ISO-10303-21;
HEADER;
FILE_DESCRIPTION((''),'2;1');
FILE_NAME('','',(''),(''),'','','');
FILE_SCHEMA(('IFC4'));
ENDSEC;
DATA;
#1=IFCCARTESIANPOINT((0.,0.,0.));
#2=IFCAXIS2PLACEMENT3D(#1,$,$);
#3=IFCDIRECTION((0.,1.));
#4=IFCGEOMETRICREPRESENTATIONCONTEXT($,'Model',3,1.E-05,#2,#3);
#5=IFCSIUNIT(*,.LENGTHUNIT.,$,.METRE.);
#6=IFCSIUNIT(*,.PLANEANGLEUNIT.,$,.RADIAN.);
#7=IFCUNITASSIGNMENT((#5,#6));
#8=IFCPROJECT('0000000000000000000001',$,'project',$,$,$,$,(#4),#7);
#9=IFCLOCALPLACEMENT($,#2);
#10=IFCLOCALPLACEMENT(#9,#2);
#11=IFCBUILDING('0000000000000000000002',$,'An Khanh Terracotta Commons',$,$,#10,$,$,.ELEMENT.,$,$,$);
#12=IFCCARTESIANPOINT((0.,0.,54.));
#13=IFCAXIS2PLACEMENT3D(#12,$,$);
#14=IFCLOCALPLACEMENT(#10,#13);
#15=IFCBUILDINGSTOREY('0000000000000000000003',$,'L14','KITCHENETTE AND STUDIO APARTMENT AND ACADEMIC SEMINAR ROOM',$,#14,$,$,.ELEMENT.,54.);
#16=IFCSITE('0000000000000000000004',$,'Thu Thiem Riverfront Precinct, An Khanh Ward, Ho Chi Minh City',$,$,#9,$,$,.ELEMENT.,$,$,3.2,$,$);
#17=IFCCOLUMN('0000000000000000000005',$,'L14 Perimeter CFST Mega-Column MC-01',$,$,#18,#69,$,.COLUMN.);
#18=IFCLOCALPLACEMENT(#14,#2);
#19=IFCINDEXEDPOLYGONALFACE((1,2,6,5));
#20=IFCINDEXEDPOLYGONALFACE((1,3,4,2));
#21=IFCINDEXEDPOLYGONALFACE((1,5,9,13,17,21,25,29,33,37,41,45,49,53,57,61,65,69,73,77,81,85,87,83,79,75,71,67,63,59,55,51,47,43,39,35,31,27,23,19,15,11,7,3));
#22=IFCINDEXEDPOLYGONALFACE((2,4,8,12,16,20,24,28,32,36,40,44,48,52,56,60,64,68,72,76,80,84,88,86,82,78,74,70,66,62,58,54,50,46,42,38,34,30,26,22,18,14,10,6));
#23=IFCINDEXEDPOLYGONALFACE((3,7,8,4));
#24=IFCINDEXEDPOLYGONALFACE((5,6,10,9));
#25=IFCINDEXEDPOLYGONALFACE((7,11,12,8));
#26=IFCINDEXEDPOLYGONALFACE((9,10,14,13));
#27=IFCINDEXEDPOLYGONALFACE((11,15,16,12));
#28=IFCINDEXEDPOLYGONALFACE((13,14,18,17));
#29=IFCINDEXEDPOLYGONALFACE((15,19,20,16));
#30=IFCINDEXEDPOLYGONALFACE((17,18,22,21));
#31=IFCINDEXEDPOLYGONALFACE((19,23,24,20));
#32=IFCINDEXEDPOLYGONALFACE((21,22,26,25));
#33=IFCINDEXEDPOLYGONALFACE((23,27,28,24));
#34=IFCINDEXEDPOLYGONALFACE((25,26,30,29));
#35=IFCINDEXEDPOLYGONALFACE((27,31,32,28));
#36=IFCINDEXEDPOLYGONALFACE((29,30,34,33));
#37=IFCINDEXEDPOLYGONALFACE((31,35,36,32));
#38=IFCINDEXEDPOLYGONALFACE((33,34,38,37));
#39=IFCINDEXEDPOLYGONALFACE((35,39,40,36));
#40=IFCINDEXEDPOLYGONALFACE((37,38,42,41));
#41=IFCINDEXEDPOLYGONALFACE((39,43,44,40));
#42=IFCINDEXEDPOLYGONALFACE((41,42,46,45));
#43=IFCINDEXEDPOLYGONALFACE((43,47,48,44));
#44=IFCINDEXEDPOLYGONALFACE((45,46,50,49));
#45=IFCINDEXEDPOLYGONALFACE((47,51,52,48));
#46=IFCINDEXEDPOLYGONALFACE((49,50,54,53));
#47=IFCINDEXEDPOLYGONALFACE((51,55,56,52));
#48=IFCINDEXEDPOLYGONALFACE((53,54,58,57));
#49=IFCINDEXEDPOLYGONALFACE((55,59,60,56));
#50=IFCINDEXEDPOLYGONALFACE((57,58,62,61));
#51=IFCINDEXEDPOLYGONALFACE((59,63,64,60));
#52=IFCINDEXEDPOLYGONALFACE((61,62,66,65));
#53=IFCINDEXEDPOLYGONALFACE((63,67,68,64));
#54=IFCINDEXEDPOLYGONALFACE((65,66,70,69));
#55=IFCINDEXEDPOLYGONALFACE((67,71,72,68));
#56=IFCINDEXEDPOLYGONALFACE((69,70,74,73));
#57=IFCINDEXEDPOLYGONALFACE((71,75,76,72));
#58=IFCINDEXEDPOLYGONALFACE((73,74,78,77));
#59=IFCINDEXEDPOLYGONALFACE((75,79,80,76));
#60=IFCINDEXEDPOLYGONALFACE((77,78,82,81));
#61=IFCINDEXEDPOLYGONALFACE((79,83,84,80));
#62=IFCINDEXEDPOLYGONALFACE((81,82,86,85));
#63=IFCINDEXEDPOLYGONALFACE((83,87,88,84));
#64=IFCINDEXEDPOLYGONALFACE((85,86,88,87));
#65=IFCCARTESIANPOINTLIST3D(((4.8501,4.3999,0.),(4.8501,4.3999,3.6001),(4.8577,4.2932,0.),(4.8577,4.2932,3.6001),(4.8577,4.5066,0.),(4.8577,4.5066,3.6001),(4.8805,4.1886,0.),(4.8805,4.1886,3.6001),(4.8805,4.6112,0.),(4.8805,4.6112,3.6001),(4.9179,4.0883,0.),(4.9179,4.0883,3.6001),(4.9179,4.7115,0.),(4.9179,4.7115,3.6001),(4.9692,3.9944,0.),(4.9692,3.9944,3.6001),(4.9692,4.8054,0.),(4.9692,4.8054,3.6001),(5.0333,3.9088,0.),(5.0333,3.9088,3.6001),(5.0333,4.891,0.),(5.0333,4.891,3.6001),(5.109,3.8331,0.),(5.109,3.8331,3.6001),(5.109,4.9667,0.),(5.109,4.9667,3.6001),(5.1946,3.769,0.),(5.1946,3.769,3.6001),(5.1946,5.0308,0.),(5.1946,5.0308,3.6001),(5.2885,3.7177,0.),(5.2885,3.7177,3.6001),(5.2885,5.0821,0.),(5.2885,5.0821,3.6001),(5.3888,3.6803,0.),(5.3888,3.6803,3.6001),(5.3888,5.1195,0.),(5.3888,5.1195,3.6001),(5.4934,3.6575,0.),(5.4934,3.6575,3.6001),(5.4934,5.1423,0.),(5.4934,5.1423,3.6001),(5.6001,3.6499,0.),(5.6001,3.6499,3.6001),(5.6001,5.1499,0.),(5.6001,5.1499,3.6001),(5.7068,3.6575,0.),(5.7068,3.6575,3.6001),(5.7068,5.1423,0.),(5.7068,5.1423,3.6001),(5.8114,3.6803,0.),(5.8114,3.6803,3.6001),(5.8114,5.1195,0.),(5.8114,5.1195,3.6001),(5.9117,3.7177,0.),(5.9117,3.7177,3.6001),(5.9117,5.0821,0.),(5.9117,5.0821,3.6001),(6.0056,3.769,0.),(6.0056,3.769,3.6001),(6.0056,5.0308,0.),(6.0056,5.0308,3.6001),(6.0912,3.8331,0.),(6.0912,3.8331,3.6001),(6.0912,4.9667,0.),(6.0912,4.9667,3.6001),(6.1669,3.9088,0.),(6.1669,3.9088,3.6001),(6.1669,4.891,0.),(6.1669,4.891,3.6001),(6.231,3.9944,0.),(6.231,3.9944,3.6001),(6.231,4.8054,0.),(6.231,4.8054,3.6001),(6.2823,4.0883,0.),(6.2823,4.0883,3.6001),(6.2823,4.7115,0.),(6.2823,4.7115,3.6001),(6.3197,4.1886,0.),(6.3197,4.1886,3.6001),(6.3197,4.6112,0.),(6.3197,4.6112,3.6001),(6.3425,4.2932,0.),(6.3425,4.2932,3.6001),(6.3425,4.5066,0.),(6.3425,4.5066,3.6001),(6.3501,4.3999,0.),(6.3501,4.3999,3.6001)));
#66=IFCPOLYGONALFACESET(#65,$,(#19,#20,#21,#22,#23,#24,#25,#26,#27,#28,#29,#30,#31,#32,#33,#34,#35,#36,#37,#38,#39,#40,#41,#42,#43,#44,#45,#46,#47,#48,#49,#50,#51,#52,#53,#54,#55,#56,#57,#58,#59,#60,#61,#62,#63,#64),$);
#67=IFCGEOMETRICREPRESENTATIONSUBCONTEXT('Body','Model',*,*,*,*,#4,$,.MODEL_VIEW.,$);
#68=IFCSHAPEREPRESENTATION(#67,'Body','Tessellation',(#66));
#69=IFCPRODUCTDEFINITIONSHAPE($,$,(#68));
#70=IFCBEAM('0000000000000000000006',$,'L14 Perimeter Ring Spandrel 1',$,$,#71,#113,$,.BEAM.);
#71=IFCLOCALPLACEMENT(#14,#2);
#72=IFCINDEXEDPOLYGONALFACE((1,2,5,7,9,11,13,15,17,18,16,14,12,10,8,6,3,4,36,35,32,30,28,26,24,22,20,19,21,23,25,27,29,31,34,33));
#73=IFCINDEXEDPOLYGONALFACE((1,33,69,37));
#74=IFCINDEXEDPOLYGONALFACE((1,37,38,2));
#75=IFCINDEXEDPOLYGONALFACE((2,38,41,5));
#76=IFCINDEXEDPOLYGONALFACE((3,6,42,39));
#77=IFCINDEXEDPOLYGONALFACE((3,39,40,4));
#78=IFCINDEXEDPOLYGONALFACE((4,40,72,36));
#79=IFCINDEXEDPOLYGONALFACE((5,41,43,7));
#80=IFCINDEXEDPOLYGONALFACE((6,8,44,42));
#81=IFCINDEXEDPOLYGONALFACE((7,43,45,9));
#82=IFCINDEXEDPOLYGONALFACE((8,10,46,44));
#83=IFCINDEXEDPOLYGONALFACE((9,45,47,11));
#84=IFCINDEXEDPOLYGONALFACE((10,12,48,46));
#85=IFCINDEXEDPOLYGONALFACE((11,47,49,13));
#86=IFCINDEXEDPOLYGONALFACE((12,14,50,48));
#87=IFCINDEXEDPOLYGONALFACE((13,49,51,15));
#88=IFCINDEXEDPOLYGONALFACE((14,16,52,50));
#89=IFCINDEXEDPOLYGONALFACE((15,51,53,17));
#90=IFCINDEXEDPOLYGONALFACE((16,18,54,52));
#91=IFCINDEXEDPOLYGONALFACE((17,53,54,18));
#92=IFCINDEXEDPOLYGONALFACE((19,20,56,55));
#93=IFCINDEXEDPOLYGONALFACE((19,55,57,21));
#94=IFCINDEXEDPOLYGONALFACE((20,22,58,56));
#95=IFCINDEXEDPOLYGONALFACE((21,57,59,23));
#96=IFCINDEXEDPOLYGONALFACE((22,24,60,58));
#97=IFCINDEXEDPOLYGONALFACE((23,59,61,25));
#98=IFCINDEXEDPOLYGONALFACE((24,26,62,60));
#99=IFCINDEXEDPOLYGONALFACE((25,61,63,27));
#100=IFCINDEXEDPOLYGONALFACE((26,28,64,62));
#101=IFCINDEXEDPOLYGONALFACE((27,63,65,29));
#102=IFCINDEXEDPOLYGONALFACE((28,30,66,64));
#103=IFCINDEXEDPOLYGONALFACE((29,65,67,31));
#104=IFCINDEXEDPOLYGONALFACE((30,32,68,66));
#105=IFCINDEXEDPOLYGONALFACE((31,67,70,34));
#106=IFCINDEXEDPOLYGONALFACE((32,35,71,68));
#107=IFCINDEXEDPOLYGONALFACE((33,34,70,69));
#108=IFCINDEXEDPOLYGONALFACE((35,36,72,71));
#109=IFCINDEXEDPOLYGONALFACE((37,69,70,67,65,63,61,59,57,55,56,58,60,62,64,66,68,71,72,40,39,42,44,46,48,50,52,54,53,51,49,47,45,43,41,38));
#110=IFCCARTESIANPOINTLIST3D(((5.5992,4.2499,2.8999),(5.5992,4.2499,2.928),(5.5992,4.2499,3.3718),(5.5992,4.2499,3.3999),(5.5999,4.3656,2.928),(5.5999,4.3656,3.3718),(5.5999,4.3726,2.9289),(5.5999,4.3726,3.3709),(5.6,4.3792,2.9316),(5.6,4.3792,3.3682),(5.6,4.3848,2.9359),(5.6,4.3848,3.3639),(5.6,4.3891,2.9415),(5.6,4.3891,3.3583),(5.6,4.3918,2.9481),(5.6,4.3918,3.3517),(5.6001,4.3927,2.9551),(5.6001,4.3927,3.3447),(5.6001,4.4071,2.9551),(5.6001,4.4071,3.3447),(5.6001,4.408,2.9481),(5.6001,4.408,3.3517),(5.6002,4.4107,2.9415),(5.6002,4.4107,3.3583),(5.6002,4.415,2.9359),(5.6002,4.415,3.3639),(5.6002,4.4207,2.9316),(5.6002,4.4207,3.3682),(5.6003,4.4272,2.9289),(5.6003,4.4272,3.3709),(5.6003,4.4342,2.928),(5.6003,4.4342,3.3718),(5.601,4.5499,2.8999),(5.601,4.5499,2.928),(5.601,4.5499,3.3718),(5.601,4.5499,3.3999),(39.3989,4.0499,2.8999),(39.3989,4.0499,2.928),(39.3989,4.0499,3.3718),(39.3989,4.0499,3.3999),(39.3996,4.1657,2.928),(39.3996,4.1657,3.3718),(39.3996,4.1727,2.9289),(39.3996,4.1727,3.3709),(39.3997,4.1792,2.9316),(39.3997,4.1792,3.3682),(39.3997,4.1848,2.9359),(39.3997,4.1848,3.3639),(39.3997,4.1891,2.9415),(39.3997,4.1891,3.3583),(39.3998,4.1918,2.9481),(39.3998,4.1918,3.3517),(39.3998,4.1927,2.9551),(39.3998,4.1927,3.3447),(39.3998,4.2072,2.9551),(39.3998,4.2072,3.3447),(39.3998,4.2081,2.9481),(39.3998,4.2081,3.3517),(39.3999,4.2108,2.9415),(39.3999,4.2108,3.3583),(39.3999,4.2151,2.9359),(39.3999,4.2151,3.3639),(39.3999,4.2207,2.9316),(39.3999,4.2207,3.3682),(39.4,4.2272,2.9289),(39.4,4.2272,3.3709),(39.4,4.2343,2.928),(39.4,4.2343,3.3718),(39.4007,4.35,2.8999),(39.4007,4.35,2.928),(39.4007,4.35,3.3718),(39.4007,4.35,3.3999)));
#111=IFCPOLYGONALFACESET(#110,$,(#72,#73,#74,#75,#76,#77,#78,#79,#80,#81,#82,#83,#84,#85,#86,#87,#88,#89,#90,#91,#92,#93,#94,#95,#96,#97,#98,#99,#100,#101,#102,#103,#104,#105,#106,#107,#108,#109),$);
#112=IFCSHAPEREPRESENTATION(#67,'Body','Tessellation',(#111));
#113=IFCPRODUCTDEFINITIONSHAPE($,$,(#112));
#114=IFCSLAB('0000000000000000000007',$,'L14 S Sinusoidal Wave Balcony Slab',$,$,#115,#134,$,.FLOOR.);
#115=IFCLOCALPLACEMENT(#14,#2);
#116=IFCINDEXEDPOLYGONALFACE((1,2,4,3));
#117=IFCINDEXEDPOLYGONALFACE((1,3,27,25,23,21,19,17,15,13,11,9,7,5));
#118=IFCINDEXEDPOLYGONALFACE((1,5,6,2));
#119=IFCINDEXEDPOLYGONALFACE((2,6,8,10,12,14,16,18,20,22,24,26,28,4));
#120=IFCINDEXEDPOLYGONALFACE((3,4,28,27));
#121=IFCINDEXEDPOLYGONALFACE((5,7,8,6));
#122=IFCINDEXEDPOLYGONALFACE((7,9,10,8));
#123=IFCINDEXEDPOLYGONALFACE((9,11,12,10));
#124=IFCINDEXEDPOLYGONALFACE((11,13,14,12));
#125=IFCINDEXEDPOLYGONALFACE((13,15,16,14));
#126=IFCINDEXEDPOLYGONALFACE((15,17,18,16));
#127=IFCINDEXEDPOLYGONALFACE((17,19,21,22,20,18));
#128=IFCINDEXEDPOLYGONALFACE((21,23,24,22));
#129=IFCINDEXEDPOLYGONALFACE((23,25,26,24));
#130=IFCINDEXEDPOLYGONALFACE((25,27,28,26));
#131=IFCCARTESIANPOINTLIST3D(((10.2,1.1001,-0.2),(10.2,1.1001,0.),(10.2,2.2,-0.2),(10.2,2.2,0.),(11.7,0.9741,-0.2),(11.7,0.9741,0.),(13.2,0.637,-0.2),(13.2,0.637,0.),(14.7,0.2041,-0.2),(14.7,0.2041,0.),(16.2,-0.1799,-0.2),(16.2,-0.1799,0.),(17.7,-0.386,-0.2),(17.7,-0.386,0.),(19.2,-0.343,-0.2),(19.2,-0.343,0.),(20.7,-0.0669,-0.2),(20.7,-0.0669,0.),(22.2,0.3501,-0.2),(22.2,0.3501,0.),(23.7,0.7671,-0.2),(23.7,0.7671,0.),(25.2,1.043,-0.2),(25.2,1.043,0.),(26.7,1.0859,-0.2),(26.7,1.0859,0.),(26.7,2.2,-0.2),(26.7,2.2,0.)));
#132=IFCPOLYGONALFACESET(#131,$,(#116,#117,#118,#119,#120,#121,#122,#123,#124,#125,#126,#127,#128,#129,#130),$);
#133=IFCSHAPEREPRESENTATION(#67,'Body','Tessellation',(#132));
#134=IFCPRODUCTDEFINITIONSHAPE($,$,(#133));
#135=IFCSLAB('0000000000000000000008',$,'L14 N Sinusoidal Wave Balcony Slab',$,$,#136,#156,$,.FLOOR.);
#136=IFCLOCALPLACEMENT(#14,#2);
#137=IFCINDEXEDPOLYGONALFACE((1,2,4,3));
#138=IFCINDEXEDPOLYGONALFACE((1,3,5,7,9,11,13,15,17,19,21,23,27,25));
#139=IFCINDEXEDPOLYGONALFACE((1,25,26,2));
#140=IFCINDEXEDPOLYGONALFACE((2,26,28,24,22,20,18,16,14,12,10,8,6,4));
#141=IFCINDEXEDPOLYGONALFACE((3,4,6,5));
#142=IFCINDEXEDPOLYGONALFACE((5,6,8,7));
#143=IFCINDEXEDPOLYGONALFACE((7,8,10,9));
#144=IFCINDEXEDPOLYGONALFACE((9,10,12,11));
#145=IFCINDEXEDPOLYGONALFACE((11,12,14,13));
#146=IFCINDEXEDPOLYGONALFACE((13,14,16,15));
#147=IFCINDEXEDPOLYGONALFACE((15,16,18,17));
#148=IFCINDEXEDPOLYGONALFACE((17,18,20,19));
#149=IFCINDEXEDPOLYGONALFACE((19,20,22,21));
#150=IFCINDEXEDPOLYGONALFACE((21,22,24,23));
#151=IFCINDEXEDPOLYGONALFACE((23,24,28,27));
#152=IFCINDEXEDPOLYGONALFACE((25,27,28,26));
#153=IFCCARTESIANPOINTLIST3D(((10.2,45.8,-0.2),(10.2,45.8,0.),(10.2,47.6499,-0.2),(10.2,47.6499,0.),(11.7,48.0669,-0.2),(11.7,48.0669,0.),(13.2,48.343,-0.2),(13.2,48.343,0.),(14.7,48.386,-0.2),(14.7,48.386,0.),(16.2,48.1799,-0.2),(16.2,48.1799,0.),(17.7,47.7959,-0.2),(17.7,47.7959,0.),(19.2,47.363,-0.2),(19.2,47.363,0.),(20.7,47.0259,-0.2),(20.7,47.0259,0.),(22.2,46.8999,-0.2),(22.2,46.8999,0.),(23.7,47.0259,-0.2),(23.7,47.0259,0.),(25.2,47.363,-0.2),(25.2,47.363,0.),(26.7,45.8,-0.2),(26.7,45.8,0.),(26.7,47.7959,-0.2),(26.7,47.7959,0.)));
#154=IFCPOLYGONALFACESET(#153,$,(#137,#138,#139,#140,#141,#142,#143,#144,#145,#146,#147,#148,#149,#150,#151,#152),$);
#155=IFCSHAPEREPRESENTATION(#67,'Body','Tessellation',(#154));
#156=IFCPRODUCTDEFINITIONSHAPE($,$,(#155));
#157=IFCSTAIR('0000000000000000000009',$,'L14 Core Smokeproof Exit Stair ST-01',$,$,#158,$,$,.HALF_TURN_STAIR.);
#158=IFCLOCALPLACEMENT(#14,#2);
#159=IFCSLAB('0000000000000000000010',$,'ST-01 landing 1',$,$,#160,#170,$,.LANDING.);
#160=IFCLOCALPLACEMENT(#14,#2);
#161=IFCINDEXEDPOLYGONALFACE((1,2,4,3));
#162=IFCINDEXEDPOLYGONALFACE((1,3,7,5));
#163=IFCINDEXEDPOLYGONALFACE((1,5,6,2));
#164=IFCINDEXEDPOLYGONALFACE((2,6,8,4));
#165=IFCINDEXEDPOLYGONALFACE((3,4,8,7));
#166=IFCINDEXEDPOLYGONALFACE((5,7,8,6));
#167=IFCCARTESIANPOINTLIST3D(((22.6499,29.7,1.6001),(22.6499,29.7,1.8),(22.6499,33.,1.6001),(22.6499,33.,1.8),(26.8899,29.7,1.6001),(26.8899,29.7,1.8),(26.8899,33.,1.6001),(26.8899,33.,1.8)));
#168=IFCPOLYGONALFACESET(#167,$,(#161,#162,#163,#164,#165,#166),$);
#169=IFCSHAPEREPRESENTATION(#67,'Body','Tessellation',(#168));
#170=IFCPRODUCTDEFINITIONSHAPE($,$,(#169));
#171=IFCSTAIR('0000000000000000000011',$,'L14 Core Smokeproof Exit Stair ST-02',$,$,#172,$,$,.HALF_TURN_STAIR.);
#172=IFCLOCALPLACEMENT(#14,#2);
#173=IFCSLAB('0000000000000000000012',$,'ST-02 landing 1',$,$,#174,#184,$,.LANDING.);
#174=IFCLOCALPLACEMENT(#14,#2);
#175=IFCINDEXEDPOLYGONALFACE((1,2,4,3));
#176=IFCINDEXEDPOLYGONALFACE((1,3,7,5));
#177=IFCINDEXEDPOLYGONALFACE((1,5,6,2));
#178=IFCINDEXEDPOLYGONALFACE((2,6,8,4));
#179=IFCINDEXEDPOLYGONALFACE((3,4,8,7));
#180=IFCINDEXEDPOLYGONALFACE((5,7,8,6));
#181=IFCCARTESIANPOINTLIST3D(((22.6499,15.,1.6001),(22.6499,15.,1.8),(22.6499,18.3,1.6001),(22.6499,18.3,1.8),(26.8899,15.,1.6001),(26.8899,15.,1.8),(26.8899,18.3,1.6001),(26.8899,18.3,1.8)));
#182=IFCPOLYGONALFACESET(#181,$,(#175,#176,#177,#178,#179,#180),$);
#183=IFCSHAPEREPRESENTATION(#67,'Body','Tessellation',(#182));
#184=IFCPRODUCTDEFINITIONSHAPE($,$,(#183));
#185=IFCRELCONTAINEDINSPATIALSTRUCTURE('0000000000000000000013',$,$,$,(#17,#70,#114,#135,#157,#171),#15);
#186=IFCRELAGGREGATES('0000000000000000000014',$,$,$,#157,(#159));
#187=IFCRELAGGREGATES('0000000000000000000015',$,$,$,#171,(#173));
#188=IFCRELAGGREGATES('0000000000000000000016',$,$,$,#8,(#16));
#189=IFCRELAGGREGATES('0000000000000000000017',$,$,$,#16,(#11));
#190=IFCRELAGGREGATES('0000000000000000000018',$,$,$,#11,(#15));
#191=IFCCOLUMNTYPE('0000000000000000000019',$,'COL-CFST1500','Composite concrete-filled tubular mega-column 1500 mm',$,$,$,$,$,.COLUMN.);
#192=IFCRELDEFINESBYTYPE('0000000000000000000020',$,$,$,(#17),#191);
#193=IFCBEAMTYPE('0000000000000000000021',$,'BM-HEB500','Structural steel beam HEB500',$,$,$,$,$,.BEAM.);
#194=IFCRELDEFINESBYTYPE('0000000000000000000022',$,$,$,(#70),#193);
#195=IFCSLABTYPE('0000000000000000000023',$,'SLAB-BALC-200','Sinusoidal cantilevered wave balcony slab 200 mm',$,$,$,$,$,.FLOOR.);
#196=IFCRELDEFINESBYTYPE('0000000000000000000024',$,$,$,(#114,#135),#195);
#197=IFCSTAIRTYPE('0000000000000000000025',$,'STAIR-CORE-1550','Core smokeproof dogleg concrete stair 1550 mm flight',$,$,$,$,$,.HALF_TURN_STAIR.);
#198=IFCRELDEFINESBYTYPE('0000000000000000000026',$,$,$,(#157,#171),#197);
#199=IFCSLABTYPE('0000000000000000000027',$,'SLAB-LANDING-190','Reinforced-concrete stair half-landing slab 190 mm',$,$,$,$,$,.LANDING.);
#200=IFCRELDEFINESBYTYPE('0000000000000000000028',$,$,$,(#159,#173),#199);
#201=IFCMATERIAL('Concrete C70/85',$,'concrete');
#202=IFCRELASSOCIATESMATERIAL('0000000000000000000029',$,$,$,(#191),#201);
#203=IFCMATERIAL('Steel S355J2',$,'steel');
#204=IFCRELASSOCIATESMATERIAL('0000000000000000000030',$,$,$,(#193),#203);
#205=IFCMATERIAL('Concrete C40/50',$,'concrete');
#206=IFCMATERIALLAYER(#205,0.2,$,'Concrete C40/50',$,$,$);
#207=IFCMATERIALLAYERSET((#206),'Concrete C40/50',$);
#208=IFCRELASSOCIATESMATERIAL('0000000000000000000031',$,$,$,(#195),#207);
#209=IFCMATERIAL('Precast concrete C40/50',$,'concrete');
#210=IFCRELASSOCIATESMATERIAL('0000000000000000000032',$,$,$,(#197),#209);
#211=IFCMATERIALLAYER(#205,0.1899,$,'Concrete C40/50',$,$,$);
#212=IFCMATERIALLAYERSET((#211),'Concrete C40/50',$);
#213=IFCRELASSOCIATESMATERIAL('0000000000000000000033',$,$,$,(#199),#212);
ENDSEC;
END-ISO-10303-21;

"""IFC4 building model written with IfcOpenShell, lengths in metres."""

from ifc_helpers import new_model, si_unit, direction, frame, origin, origin_2d, place, context, subcontext, project, spatial, polyline, circle, i_section, outline, extrude, material, layer, layer_set, material_profile, profile_set, type_object, element, aggregate, save


model = new_model("IFC4")

# Units and contexts
model_context = context("Model", 3, precision=1e-05, world=origin(), true_north=direction((0.0, 1.0)))
body_context = subcontext(model_context, "Body", "Model", "MODEL_VIEW")
ifc_project = project(units=[si_unit("LENGTHUNIT", "METRE"), si_unit("PLANEANGLEUNIT", "RADIAN")], contexts=[model_context])

# Site, building, storey
site_placement = place(None, origin())
site = spatial("IfcSite", under=ifc_project, at=site_placement, Name="Thu Thiem Riverfront Precinct, An Khanh Ward, Ho Chi Minh City", CompositionType="ELEMENT", RefElevation=3.2)
building_placement = place(site_placement, origin())
building = spatial("IfcBuilding", under=site, at=building_placement, Name="An Khanh Terracotta Commons", CompositionType="ELEMENT")
storey_placement = place(building_placement, frame((0.0, 0.0, 54.0)))
storey = spatial("IfcBuildingStorey", under=building, at=storey_placement, Name="L14", Description="KITCHENETTE AND STUDIO APARTMENT AND ACADEMIC SEMINAR ROOM", CompositionType="ELEMENT", Elevation=54.0)

# Column
ifc_material_1 = material(Name="Concrete C70/85", Category="concrete")
ifc_material_profile_1 = material_profile(ifc_material_1, circle(Radius=0.75, at=origin_2d()), Name="CFST1500")
ifc_profile_set_1 = profile_set([ifc_material_profile_1], Name="Concrete C70/85")
column_type = type_object("IfcColumnType", Name="COL-CFST1500", Description="Composite concrete-filled tubular mega-column 1500 mm", PredefinedType="COLUMN", material=ifc_profile_set_1)
column_placement = place(storey_placement, frame((5.6001, 4.3999, 0.0), z_axis=(0.0, 0.0, 1.0), x_axis=(1.0, 0.0, 0.0)))
element("IfcColumn", 1, at=column_placement, inside=storey, type_object=column_type, Name="L14 Perimeter CFST Mega-Column MC-01", PredefinedType="COLUMN", context=body_context, shape_type="SweptSolid", body=[
    extrude(circle(Radius=0.75, at=origin_2d()), origin(), (0.0, 0.0, 1.0), 3.6001),
])

# Beam
ifc_material_2 = material(Name="Steel S355J2", Category="steel")
ifc_material_profile_2 = material_profile(ifc_material_2, i_section(OverallWidth=0.3, OverallDepth=0.5, WebThickness=0.0144, FlangeThickness=0.0281, FilletRadius=0.0271, at=origin_2d()), Name="HEB500")
ifc_profile_set_2 = profile_set([ifc_material_profile_2], Name="Steel S355J2")
beam_type = type_object("IfcBeamType", Name="BM-HEB500", Description="Structural steel beam HEB500", PredefinedType="BEAM", material=ifc_profile_set_2)
beam_placement = place(storey_placement, frame((5.6001, 4.3999, 3.1499), z_axis=(0.999983, -0.005916, 0.0), x_axis=(0.005916, 0.999983, 0.0)))
element("IfcBeam", 2, at=beam_placement, inside=storey, type_object=beam_type, Name="L14 Perimeter Ring Spandrel 1", PredefinedType="BEAM", context=body_context, shape_type="SweptSolid", body=[
    extrude(i_section(OverallWidth=0.3, OverallDepth=0.5, WebThickness=0.0144, FlangeThickness=0.0281, FilletRadius=0.0271, at=origin_2d()), origin(), (0.0, 0.0, 1.0), 33.8003),
])

# Slabs
ifc_material_3 = material(Name="Concrete C40/50", Category="concrete")
ifc_layer_1 = layer(ifc_material_3, 0.2, Name="Concrete C40/50")
ifc_layer_set_1 = layer_set([ifc_layer_1], Name="Concrete C40/50")
slab_type_1 = type_object("IfcSlabType", Name="SLAB-BALC-200", Description="Sinusoidal cantilevered wave balcony slab 200 mm", PredefinedType="FLOOR", material=ifc_layer_set_1)
slab_1_placement = place(storey_placement, frame((0.0, 0.0, -0.2)))
element("IfcSlab", 3, at=slab_1_placement, inside=storey, type_object=slab_type_1, Name="L14 S Sinusoidal Wave Balcony Slab", PredefinedType="FLOOR", context=body_context, shape_type="SweptSolid", body=[
    extrude(outline(polyline([(10.2, 2.2), (10.2, 1.1001), (11.7, 0.9741), (13.2, 0.637), (14.7, 0.2041), (16.2, -0.1799), (17.7, -0.386), (19.2, -0.343), (20.7, -0.0669), (22.2, 0.3501), (23.7, 0.7671), (25.2, 1.043), (26.7, 1.0859), (26.7, 2.2), (10.2, 2.2)])), origin(), (0.0, 0.0, 1.0), 0.2),
])
slab_2_placement = place(storey_placement, frame((0.0, 0.0, -0.2)))
element("IfcSlab", 4, at=slab_2_placement, inside=storey, type_object=slab_type_1, Name="L14 N Sinusoidal Wave Balcony Slab", PredefinedType="FLOOR", context=body_context, shape_type="SweptSolid", body=[
    extrude(outline(polyline([(26.7, 45.8), (26.7, 47.7959), (25.2, 47.363), (23.7, 47.0259), (22.2, 46.8999), (20.7, 47.0259), (19.2, 47.363), (17.7, 47.7959), (16.2, 48.1799), (14.7, 48.386), (13.2, 48.343), (11.7, 48.0669), (10.2, 47.6499), (10.2, 45.8), (26.7, 45.8)])), origin(), (0.0, 0.0, 1.0), 0.2),
])

# Stairs, slabs
ifc_material_4 = material(Name="Precast concrete C40/50", Category="concrete")
stair_type = type_object("IfcStairType", Name="STAIR-CORE-1550", Description="Core smokeproof dogleg concrete stair 1550 mm flight", PredefinedType="HALF_TURN_STAIR", material=ifc_material_4)
stair_1_placement = place(storey_placement, origin())
stair_1 = element("IfcStair", 5, at=stair_1_placement, inside=storey, type_object=stair_type, Name="L14 Core Smokeproof Exit Stair ST-01", PredefinedType="HALF_TURN_STAIR")
ifc_layer_2 = layer(ifc_material_3, 0.1899, Name="Concrete C40/50")
ifc_layer_set_2 = layer_set([ifc_layer_2], Name="Concrete C40/50")
slab_type_2 = type_object("IfcSlabType", Name="SLAB-LANDING-190", Description="Reinforced-concrete stair half-landing slab 190 mm", PredefinedType="LANDING", material=ifc_layer_set_2)
slab_3_placement = place(storey_placement, frame((0.0, 0.0, 1.6001)))
slab_3 = element("IfcSlab", 6, at=slab_3_placement, type_object=slab_type_2, Name="ST-01 landing 1", PredefinedType="LANDING", context=body_context, shape_type="SweptSolid", body=[
    extrude(outline(polyline([(26.8899, 33.0), (22.6499, 33.0), (22.6499, 29.7), (26.8899, 29.7), (26.8899, 33.0)])), origin(), (0.0, 0.0, 1.0), 0.2),
])
aggregate(stair_1, [slab_3])
stair_2_placement = place(storey_placement, origin())
stair_2 = element("IfcStair", 7, at=stair_2_placement, inside=storey, type_object=stair_type, Name="L14 Core Smokeproof Exit Stair ST-02", PredefinedType="HALF_TURN_STAIR")
slab_4_placement = place(storey_placement, frame((0.0, 0.0, 1.6001)))
slab_4 = element("IfcSlab", 8, at=slab_4_placement, type_object=slab_type_2, Name="ST-02 landing 1", PredefinedType="LANDING", context=body_context, shape_type="SweptSolid", body=[
    extrude(outline(polyline([(26.8899, 18.3), (22.6499, 18.3), (22.6499, 15.0), (26.8899, 15.0), (26.8899, 18.3)])), origin(), (0.0, 0.0, 1.0), 0.2),
])
aggregate(stair_2, [slab_4])

save(model, "model.ifc")
